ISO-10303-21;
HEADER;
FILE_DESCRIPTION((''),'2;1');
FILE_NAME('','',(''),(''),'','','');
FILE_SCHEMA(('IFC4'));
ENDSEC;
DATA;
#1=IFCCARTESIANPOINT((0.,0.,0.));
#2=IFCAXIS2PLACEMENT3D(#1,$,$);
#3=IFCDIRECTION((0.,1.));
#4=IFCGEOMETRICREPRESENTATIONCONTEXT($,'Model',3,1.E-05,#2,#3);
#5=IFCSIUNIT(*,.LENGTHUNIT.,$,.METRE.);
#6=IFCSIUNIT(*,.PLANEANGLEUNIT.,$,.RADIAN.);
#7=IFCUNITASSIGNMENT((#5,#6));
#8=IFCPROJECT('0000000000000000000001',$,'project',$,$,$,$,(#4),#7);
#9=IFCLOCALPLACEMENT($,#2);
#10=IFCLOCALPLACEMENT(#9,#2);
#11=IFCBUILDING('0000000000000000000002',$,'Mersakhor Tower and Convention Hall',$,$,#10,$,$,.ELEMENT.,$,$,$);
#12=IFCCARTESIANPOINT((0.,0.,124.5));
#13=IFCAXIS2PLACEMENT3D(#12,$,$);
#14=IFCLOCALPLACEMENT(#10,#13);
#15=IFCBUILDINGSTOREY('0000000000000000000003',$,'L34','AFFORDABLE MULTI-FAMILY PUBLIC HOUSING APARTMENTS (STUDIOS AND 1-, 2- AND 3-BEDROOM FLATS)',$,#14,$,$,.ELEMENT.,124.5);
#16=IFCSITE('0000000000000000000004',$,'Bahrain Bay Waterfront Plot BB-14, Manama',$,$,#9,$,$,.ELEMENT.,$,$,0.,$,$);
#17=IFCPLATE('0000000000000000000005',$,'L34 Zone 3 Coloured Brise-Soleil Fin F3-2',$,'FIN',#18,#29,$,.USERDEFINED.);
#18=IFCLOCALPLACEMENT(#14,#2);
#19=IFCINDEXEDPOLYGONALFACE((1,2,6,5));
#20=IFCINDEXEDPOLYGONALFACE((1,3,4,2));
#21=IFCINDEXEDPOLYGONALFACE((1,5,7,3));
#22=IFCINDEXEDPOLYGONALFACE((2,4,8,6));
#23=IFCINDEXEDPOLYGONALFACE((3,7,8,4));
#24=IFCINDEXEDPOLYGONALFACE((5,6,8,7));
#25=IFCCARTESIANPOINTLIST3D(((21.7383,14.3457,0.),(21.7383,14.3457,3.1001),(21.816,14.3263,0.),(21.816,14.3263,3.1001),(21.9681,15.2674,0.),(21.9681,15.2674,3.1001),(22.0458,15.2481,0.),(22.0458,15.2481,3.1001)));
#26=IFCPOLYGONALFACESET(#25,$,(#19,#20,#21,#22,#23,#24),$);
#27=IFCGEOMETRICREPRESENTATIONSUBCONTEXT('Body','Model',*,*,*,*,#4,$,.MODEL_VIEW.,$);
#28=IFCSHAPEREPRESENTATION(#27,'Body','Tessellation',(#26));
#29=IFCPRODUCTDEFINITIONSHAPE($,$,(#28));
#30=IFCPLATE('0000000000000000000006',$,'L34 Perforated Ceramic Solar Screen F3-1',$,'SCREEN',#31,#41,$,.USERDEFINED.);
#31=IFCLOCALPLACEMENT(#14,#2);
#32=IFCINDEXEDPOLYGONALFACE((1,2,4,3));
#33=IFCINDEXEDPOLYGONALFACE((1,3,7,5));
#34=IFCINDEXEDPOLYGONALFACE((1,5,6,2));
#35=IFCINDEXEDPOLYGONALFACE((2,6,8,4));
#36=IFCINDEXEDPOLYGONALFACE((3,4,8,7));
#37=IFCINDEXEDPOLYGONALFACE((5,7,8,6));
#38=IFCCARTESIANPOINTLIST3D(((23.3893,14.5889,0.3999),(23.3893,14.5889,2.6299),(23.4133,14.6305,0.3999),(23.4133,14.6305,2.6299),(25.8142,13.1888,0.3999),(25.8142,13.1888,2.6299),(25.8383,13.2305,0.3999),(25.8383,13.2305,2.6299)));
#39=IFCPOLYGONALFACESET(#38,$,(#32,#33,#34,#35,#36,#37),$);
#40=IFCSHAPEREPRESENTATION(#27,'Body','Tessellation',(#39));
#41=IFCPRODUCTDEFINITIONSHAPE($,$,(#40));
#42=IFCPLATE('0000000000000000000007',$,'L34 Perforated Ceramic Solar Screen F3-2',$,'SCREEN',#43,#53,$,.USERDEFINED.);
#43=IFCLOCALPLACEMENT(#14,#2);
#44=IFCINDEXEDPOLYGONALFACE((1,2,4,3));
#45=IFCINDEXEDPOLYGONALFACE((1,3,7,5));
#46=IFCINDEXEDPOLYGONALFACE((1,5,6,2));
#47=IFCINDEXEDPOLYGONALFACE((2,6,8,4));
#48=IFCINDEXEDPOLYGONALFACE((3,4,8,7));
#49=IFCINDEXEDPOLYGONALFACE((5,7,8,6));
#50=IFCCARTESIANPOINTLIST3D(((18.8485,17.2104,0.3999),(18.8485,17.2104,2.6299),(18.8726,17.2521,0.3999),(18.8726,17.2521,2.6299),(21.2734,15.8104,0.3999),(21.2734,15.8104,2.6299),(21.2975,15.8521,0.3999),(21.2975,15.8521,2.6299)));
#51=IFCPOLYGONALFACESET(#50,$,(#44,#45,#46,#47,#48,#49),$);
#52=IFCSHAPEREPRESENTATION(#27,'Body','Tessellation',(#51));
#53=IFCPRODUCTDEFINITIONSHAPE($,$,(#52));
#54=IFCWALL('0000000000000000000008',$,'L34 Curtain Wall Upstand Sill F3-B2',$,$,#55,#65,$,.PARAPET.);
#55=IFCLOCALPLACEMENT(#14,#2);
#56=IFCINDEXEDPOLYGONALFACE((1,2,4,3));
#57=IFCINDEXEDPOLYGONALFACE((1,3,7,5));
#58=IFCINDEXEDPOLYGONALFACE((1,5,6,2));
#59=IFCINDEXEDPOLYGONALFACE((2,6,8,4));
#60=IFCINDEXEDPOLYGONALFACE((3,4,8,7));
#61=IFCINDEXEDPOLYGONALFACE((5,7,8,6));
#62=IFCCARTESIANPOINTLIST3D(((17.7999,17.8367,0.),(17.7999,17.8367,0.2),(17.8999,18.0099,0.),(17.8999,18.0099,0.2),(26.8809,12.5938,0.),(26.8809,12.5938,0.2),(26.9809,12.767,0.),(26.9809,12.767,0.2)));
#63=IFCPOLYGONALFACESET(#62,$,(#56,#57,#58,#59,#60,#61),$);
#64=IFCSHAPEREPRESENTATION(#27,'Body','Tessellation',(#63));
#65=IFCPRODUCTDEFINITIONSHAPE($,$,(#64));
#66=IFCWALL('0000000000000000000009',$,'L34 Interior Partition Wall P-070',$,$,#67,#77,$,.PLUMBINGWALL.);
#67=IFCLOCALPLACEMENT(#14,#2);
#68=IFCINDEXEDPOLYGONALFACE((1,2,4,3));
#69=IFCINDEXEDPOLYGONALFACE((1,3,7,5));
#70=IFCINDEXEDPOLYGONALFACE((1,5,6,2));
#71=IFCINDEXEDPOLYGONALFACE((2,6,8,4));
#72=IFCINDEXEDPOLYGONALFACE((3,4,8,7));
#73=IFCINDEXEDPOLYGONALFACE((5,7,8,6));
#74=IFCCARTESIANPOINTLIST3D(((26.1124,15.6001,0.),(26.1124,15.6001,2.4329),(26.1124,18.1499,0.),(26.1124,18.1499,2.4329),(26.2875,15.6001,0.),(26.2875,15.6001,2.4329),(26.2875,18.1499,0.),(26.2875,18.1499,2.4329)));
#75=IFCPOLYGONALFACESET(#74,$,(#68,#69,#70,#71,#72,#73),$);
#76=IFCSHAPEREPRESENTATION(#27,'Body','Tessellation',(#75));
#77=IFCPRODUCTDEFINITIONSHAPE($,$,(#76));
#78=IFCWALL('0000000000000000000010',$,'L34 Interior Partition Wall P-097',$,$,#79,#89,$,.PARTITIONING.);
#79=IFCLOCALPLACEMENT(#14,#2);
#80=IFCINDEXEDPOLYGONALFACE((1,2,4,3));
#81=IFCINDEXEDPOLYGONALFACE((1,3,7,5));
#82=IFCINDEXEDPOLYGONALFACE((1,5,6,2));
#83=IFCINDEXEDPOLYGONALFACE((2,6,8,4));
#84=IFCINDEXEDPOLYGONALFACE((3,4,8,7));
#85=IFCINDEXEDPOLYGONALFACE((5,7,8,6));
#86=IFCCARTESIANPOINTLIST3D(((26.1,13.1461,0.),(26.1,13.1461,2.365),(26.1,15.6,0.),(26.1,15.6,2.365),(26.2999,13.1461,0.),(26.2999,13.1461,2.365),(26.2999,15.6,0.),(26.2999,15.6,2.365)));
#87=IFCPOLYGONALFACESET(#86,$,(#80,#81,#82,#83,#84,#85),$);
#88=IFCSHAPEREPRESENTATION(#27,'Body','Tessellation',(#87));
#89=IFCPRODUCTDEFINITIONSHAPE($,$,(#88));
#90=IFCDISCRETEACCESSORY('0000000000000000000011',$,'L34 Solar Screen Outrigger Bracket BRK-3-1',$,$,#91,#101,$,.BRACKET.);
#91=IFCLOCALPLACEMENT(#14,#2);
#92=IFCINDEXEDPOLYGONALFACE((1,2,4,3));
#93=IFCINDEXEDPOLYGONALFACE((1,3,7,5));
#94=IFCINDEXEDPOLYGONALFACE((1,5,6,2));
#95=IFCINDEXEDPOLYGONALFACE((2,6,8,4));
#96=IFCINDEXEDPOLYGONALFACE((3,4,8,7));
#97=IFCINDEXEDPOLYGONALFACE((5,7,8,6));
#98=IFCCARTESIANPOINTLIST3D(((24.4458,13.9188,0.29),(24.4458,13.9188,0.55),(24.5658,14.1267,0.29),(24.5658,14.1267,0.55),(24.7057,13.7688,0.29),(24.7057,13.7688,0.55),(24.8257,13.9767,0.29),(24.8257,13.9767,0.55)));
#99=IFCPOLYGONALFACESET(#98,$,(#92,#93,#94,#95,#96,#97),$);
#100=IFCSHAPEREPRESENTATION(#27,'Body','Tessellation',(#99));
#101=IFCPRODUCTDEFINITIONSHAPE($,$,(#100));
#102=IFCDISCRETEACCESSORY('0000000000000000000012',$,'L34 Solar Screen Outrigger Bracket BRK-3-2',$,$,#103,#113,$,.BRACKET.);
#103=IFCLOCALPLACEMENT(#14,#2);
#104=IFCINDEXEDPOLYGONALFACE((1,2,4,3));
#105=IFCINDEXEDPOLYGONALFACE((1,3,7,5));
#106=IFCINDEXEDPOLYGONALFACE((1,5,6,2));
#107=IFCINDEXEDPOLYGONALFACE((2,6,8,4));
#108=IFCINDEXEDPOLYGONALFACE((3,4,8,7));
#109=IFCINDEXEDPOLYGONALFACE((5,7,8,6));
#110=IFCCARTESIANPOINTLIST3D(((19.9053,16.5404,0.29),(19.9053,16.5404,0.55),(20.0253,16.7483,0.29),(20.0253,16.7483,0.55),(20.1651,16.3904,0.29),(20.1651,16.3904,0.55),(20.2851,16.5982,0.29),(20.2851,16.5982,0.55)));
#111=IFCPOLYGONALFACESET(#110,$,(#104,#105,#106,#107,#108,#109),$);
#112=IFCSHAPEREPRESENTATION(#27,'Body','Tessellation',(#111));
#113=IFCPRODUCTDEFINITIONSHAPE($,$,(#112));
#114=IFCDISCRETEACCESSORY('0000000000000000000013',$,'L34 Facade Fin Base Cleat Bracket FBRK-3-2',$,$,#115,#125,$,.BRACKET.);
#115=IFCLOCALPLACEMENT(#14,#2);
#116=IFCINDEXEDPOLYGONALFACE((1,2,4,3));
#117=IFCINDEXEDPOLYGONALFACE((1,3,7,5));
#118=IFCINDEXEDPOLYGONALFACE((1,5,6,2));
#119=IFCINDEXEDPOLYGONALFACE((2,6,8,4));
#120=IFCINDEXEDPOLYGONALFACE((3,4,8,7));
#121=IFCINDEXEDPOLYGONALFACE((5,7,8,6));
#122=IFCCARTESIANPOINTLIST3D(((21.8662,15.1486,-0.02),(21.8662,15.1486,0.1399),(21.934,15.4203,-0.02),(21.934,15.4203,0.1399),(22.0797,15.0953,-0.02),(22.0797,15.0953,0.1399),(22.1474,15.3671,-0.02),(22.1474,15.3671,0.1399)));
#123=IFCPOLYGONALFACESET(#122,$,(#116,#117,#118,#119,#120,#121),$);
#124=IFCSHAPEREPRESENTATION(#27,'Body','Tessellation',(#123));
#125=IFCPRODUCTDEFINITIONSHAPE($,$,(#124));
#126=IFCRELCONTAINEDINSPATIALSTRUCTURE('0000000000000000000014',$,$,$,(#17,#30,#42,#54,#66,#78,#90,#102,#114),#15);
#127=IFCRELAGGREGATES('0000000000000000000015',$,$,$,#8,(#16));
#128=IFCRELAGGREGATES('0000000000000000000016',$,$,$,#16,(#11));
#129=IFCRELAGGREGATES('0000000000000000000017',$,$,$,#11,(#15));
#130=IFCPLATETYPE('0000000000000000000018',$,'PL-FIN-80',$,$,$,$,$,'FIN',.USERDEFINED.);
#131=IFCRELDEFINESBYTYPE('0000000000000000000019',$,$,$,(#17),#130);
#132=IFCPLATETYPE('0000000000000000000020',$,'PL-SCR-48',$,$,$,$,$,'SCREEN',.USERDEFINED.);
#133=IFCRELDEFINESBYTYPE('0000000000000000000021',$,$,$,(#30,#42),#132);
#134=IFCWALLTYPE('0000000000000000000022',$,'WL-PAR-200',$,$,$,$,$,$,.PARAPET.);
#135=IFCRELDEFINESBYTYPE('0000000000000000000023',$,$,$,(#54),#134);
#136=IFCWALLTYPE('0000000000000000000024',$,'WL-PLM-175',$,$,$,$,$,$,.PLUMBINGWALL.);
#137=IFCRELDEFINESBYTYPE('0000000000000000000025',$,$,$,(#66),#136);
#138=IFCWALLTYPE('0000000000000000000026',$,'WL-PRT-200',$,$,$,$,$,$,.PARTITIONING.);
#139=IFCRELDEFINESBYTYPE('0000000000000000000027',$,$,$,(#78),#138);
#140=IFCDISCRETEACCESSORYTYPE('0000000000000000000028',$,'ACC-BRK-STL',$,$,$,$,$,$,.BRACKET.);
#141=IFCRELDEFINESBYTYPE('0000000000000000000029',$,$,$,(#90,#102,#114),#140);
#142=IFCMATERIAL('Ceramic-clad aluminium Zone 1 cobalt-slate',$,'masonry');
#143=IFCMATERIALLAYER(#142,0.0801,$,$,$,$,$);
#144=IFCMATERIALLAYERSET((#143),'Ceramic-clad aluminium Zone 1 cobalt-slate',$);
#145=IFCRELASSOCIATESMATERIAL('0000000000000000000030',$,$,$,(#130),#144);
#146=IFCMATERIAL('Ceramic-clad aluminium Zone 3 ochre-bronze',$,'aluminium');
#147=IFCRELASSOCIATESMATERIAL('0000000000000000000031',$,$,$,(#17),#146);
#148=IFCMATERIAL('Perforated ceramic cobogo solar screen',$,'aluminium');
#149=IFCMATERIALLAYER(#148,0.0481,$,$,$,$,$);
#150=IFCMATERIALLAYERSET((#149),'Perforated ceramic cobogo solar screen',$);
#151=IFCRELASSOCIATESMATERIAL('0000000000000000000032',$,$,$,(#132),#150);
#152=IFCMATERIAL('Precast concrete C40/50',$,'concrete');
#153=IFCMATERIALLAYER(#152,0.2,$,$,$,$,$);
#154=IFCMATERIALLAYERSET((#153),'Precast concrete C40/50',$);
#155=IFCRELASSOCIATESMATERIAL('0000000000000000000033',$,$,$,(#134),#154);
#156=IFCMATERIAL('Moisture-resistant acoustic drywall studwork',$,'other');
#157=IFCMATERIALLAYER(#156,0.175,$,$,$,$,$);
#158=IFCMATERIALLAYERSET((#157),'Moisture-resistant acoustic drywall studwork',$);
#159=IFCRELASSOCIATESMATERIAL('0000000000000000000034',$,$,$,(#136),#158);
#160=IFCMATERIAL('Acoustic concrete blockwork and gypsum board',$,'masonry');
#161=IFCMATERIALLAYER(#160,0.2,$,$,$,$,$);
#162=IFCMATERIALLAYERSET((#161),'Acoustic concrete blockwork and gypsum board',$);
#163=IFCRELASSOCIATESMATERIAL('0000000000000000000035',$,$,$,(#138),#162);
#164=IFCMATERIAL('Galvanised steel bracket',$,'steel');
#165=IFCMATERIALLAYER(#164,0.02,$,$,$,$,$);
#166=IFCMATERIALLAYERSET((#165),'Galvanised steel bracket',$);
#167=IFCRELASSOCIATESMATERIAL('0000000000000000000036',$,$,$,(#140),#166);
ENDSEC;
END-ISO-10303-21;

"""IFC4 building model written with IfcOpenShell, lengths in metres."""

from ifc_helpers import new_model, si_unit, direction, frame, frame_2d, origin, origin_2d, place, context, subcontext, project, spatial, rectangle, extrude, material, layer, layer_set, type_object, element, save


model = new_model("IFC4")

# Units and contexts
model_context = context("Model", 3, precision=1e-05, world=origin(), true_north=direction((0.0, 1.0)))
body_context = subcontext(model_context, "Body", "Model", "MODEL_VIEW")
ifc_project = project(units=[si_unit("LENGTHUNIT", "METRE"), si_unit("PLANEANGLEUNIT", "RADIAN")], contexts=[model_context])

# Site, building, storey
site_placement = place(None, origin())
site = spatial("IfcSite", under=ifc_project, at=site_placement, Name="Bahrain Bay Waterfront Plot BB-14, Manama", CompositionType="ELEMENT", RefElevation=0.0)
building_placement = place(site_placement, origin())
building = spatial("IfcBuilding", under=site, at=building_placement, Name="Mersakhor Tower and Convention Hall", CompositionType="ELEMENT")
storey_placement = place(building_placement, frame((0.0, 0.0, 124.5)))
storey = spatial("IfcBuildingStorey", under=building, at=storey_placement, Name="L34", Description="AFFORDABLE MULTI-FAMILY PUBLIC HOUSING APARTMENTS (STUDIOS AND 1-, 2- AND 3-BEDROOM FLATS)", CompositionType="ELEMENT", Elevation=124.5)

# Plates
ifc_material_1 = material(Name="Ceramic-clad aluminium Zone 3 ochre-bronze", Category="aluminium")
ifc_material_2 = material(Name="Ceramic-clad aluminium Zone 1 cobalt-slate", Category="masonry")
ifc_layer_1 = layer(ifc_material_2, 0.0801)
ifc_layer_set_1 = layer_set([ifc_layer_1], Name="Ceramic-clad aluminium Zone 1 cobalt-slate")
plate_type_1 = type_object("IfcPlateType", Name="PL-FIN-80", ElementType="FIN", PredefinedType="USERDEFINED", material=ifc_layer_set_1)
plate_1_placement = place(storey_placement, frame((21.8921, 14.7969, 0.0), z_axis=(0.0, 0.0, 1.0), x_axis=(-0.241922, -0.970296, 0.0)))
element("IfcPlate", 1, at=plate_1_placement, inside=storey, type_object=plate_type_1, material=ifc_material_1, Name="L34 Zone 3 Coloured Brise-Soleil Fin F3-2", ObjectType="FIN", PredefinedType="USERDEFINED", context=body_context, shape_type="SweptSolid", body=[
    extrude(rectangle(XDim=0.95, YDim=0.0801, at=origin_2d()), origin(), (0.0, 0.0, 1.0), 3.1001),
])
ifc_material_3 = material(Name="Perforated ceramic cobogo solar screen", Category="aluminium")
ifc_layer_2 = layer(ifc_material_3, 0.0481)
ifc_layer_set_2 = layer_set([ifc_layer_2], Name="Perforated ceramic cobogo solar screen")
plate_type_2 = type_object("IfcPlateType", Name="PL-SCR-48", ElementType="SCREEN", PredefinedType="USERDEFINED", material=ifc_layer_set_2)
for number, where, z_axis, x_axis, name in (
    (2, (24.6138, 13.9097, 0.3999), (0.0, 0.0, 1.0), (-0.866025, 0.5, 0.0), "L34 Perforated Ceramic Solar Screen F3-1"),
    (3, (20.073, 16.5312, 0.3999), (0.0, 0.0, 1.0), (-0.866025, 0.5, 0.0), "L34 Perforated Ceramic Solar Screen F3-2"),
):
    element("IfcPlate", number, at=place(storey_placement, frame(where, z_axis=z_axis, x_axis=x_axis)), inside=storey, type_object=plate_type_2, Name=name, ObjectType="SCREEN", PredefinedType="USERDEFINED", context=body_context, shape_type="SweptSolid", body=[
        extrude(rectangle(XDim=2.8, YDim=0.0481, at=origin_2d()), origin(), (0.0, 0.0, 1.0), 2.23),
    ])

# Walls
ifc_material_4 = material(Name="Precast concrete C40/50", Category="concrete")
ifc_layer_3 = layer(ifc_material_4, 0.2)
ifc_layer_set_3 = layer_set([ifc_layer_3], Name="Precast concrete C40/50")
wall_type_1 = type_object("IfcWallType", Name="WL-PAR-200", PredefinedType="PARAPET", material=ifc_layer_set_3)
wall_1_placement = place(storey_placement, frame((26.9309, 12.6804, 0.0), z_axis=(0.0, 0.0, 1.0), x_axis=(-0.866027, 0.499998, 0.0)))
element("IfcWall", 4, at=wall_1_placement, inside=storey, type_object=wall_type_1, Name="L34 Curtain Wall Upstand Sill F3-B2", PredefinedType="PARAPET", context=body_context, shape_type="SweptSolid", body=[
    extrude(rectangle(XDim=10.4858, YDim=0.2, at=frame_2d((5.2429, 0.0))), origin(), (0.0, 0.0, 1.0), 0.2),
])
ifc_material_5 = material(Name="Moisture-resistant acoustic drywall studwork", Category="other")
ifc_layer_4 = layer(ifc_material_5, 0.175)
ifc_layer_set_4 = layer_set([ifc_layer_4], Name="Moisture-resistant acoustic drywall studwork")
wall_type_2 = type_object("IfcWallType", Name="WL-PLM-175", PredefinedType="PLUMBINGWALL", material=ifc_layer_set_4)
wall_2_placement = place(storey_placement, frame((26.2, 15.6001, 0.0), z_axis=(0.0, 0.0, 1.0), x_axis=(0.0, 1.0, 0.0)))
element("IfcWall", 5, at=wall_2_placement, inside=storey, type_object=wall_type_2, Name="L34 Interior Partition Wall P-070", PredefinedType="PLUMBINGWALL", context=body_context, shape_type="SweptSolid", body=[
    extrude(rectangle(XDim=2.5498, YDim=0.175, at=frame_2d((1.2749, 0.0))), origin(), (0.0, 0.0, 1.0), 2.4329),
])
ifc_material_6 = material(Name="Acoustic concrete blockwork and gypsum board", Category="masonry")
ifc_layer_5 = layer(ifc_material_6, 0.2)
ifc_layer_set_5 = layer_set([ifc_layer_5], Name="Acoustic concrete blockwork and gypsum board")
wall_type_3 = type_object("IfcWallType", Name="WL-PRT-200", PredefinedType="PARTITIONING", material=ifc_layer_set_5)
wall_3_placement = place(storey_placement, frame((26.2, 15.6001, 0.0), z_axis=(0.0, 0.0, 1.0), x_axis=(0.0, -1.0, 0.0)))
element("IfcWall", 6, at=wall_3_placement, inside=storey, type_object=wall_type_3, Name="L34 Interior Partition Wall P-097", PredefinedType="PARTITIONING", context=body_context, shape_type="SweptSolid", body=[
    extrude(rectangle(XDim=2.4539, YDim=0.2, at=frame_2d((1.2271, 0.0))), origin(), (0.0, 0.0, 1.0), 2.365),
])

# Discrete accessories
ifc_material_7 = material(Name="Galvanised steel bracket", Category="steel")
ifc_layer_6 = layer(ifc_material_7, 0.02)
ifc_layer_set_6 = layer_set([ifc_layer_6], Name="Galvanised steel bracket")
discrete_accessory_type = type_object("IfcDiscreteAccessoryType", Name="ACC-BRK-STL", PredefinedType="BRACKET", material=ifc_layer_set_6)
for number, where, z_axis, x_axis, name in (
    (7, (24.6357, 13.9478, 0.29), (0.0, 0.0, 1.0), (-0.866025, 0.5, 0.0), "L34 Solar Screen Outrigger Bracket BRK-3-1"),
    (8, (20.0952, 16.5693, 0.29), (0.0, 0.0, 1.0), (-0.866025, 0.5, 0.0), "L34 Solar Screen Outrigger Bracket BRK-3-2"),
):
    element("IfcDiscreteAccessory", number, at=place(storey_placement, frame(where, z_axis=z_axis, x_axis=x_axis)), inside=storey, type_object=discrete_accessory_type, Name=name, PredefinedType="BRACKET", context=body_context, shape_type="SweptSolid", body=[
        extrude(rectangle(XDim=0.3, YDim=0.24, at=origin_2d()), origin(), (0.0, 0.0, 1.0), 0.26),
    ])
discrete_accessory_placement = place(storey_placement, frame((22.0068, 15.2578, -0.02), z_axis=(0.0, 0.0, 1.0), x_axis=(-0.241922, -0.970296, 0.0)))
element("IfcDiscreteAccessory", 9, at=discrete_accessory_placement, inside=storey, type_object=discrete_accessory_type, Name="L34 Facade Fin Base Cleat Bracket FBRK-3-2", PredefinedType="BRACKET", context=body_context, shape_type="SweptSolid", body=[
    extrude(rectangle(XDim=0.28, YDim=0.22, at=origin_2d()), origin(), (0.0, 0.0, 1.0), 0.1599),
])

save(model, "model.ifc")
